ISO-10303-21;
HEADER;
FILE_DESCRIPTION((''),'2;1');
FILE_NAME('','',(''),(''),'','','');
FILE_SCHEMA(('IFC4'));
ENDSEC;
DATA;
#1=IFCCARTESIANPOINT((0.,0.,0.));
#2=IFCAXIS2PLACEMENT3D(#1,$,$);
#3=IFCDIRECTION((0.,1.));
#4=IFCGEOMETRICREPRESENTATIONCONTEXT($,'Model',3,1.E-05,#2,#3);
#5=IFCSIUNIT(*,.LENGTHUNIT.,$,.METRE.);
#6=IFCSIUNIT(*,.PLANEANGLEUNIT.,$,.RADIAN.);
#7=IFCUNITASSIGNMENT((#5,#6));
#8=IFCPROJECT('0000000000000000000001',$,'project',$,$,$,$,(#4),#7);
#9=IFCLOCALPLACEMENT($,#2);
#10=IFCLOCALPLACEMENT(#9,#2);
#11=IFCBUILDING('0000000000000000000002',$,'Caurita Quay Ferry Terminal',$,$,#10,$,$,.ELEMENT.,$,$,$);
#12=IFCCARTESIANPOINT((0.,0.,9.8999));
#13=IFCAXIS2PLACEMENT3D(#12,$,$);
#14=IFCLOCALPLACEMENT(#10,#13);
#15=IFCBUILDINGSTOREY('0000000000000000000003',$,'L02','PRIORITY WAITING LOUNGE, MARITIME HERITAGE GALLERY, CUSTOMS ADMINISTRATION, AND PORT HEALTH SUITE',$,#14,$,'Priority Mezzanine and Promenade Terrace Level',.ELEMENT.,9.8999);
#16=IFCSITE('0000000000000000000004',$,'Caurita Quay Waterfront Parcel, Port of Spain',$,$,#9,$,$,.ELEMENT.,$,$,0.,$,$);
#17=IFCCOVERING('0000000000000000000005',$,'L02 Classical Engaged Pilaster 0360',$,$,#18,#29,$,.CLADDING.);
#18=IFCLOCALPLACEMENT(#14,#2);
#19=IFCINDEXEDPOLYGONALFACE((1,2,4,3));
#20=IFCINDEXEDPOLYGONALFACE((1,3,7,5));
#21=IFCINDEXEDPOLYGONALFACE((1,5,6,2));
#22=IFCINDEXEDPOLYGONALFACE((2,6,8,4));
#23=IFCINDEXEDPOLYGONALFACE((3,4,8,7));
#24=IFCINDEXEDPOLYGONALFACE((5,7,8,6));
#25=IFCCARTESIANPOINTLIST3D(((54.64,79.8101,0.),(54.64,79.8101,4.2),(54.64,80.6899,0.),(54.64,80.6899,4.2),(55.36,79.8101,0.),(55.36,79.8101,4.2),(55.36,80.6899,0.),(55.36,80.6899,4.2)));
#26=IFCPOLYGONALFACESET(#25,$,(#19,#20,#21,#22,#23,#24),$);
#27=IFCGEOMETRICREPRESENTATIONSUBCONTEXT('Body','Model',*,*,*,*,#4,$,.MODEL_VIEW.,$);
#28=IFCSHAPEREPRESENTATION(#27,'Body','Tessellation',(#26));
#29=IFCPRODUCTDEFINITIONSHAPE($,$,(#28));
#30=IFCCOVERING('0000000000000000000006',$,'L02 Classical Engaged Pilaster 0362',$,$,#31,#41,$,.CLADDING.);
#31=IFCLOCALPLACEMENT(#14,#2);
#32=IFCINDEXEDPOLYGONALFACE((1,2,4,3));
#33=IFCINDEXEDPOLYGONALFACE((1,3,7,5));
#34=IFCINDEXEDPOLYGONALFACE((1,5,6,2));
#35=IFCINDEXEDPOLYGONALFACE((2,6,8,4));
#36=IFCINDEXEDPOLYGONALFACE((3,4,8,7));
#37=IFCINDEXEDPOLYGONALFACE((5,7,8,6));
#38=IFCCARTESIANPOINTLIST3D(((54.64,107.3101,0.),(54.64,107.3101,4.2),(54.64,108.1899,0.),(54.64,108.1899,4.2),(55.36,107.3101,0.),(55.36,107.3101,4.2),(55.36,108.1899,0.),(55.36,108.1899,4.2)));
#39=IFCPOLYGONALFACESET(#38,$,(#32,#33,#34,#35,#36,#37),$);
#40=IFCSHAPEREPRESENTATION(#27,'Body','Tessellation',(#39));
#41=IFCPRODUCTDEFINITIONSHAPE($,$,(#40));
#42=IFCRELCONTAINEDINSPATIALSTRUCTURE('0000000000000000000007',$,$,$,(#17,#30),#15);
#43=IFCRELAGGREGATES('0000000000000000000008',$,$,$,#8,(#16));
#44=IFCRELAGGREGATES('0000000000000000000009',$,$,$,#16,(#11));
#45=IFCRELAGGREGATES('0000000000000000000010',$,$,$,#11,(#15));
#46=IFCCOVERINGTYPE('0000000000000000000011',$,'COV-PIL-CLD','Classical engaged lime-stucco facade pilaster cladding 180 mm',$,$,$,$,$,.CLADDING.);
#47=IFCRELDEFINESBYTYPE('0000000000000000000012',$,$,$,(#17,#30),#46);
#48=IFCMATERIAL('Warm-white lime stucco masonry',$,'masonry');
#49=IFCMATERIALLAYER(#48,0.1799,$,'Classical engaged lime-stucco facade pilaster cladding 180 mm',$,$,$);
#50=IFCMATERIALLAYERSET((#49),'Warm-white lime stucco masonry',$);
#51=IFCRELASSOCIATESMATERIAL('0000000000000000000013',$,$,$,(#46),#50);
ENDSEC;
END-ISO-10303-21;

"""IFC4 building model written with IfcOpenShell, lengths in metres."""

from ifc_helpers import new_model, si_unit, direction, frame, origin, origin_2d, place, context, subcontext, project, spatial, rectangle, extrude, material, layer, layer_set, type_object, element, save


model = new_model("IFC4")

# Units and contexts
model_context = context("Model", 3, precision=1e-05, world=origin(), true_north=direction((0.0, 1.0)))
body_context = subcontext(model_context, "Body", "Model", "MODEL_VIEW")
ifc_project = project(units=[si_unit("LENGTHUNIT", "METRE"), si_unit("PLANEANGLEUNIT", "RADIAN")], contexts=[model_context])

# Site, building, storey
site_placement = place(None, origin())
site = spatial("IfcSite", under=ifc_project, at=site_placement, Name="Caurita Quay Waterfront Parcel, Port of Spain", CompositionType="ELEMENT", RefElevation=0.0)
building_placement = place(site_placement, origin())
building = spatial("IfcBuilding", under=site, at=building_placement, Name="Caurita Quay Ferry Terminal", CompositionType="ELEMENT")
storey_placement = place(building_placement, frame((0.0, 0.0, 9.8999)))
storey = spatial("IfcBuildingStorey", under=building, at=storey_placement, Name="L02", Description="PRIORITY WAITING LOUNGE, MARITIME HERITAGE GALLERY, CUSTOMS ADMINISTRATION, AND PORT HEALTH SUITE", LongName="Priority Mezzanine and Promenade Terrace Level", CompositionType="ELEMENT", Elevation=9.8999)

# Coverings
ifc_material_1 = material(Name="Warm-white lime stucco masonry", Category="masonry")
ifc_layer_1 = layer(ifc_material_1, 0.1799, Name="Classical engaged lime-stucco facade pilaster cladding 180 mm")
ifc_layer_set_1 = layer_set([ifc_layer_1], Name="Warm-white lime stucco masonry")
covering_type = type_object("IfcCoveringType", Name="COV-PIL-CLD", Description="Classical engaged lime-stucco facade pilaster cladding 180 mm", PredefinedType="CLADDING", material=ifc_layer_set_1)
for number, where, z_axis, x_axis, name in (
    (1, (55.0, 80.25, 0.0), (0.0, 0.0, 1.0), (1.0, 0.0, 0.0), "L02 Classical Engaged Pilaster 0360"),
    (2, (55.0, 107.75, 0.0), (0.0, 0.0, 1.0), (1.0, 0.0, 0.0), "L02 Classical Engaged Pilaster 0362"),
):
    element("IfcCovering", number, at=place(storey_placement, frame(where, z_axis=z_axis, x_axis=x_axis)), inside=storey, type_object=covering_type, Name=name, PredefinedType="CLADDING", context=body_context, shape_type="SweptSolid", body=[
        extrude(rectangle(XDim=0.72, YDim=0.8799, at=origin_2d()), origin(), (0.0, 0.0, 1.0), 4.2),
    ])

save(model, "model.ifc")
